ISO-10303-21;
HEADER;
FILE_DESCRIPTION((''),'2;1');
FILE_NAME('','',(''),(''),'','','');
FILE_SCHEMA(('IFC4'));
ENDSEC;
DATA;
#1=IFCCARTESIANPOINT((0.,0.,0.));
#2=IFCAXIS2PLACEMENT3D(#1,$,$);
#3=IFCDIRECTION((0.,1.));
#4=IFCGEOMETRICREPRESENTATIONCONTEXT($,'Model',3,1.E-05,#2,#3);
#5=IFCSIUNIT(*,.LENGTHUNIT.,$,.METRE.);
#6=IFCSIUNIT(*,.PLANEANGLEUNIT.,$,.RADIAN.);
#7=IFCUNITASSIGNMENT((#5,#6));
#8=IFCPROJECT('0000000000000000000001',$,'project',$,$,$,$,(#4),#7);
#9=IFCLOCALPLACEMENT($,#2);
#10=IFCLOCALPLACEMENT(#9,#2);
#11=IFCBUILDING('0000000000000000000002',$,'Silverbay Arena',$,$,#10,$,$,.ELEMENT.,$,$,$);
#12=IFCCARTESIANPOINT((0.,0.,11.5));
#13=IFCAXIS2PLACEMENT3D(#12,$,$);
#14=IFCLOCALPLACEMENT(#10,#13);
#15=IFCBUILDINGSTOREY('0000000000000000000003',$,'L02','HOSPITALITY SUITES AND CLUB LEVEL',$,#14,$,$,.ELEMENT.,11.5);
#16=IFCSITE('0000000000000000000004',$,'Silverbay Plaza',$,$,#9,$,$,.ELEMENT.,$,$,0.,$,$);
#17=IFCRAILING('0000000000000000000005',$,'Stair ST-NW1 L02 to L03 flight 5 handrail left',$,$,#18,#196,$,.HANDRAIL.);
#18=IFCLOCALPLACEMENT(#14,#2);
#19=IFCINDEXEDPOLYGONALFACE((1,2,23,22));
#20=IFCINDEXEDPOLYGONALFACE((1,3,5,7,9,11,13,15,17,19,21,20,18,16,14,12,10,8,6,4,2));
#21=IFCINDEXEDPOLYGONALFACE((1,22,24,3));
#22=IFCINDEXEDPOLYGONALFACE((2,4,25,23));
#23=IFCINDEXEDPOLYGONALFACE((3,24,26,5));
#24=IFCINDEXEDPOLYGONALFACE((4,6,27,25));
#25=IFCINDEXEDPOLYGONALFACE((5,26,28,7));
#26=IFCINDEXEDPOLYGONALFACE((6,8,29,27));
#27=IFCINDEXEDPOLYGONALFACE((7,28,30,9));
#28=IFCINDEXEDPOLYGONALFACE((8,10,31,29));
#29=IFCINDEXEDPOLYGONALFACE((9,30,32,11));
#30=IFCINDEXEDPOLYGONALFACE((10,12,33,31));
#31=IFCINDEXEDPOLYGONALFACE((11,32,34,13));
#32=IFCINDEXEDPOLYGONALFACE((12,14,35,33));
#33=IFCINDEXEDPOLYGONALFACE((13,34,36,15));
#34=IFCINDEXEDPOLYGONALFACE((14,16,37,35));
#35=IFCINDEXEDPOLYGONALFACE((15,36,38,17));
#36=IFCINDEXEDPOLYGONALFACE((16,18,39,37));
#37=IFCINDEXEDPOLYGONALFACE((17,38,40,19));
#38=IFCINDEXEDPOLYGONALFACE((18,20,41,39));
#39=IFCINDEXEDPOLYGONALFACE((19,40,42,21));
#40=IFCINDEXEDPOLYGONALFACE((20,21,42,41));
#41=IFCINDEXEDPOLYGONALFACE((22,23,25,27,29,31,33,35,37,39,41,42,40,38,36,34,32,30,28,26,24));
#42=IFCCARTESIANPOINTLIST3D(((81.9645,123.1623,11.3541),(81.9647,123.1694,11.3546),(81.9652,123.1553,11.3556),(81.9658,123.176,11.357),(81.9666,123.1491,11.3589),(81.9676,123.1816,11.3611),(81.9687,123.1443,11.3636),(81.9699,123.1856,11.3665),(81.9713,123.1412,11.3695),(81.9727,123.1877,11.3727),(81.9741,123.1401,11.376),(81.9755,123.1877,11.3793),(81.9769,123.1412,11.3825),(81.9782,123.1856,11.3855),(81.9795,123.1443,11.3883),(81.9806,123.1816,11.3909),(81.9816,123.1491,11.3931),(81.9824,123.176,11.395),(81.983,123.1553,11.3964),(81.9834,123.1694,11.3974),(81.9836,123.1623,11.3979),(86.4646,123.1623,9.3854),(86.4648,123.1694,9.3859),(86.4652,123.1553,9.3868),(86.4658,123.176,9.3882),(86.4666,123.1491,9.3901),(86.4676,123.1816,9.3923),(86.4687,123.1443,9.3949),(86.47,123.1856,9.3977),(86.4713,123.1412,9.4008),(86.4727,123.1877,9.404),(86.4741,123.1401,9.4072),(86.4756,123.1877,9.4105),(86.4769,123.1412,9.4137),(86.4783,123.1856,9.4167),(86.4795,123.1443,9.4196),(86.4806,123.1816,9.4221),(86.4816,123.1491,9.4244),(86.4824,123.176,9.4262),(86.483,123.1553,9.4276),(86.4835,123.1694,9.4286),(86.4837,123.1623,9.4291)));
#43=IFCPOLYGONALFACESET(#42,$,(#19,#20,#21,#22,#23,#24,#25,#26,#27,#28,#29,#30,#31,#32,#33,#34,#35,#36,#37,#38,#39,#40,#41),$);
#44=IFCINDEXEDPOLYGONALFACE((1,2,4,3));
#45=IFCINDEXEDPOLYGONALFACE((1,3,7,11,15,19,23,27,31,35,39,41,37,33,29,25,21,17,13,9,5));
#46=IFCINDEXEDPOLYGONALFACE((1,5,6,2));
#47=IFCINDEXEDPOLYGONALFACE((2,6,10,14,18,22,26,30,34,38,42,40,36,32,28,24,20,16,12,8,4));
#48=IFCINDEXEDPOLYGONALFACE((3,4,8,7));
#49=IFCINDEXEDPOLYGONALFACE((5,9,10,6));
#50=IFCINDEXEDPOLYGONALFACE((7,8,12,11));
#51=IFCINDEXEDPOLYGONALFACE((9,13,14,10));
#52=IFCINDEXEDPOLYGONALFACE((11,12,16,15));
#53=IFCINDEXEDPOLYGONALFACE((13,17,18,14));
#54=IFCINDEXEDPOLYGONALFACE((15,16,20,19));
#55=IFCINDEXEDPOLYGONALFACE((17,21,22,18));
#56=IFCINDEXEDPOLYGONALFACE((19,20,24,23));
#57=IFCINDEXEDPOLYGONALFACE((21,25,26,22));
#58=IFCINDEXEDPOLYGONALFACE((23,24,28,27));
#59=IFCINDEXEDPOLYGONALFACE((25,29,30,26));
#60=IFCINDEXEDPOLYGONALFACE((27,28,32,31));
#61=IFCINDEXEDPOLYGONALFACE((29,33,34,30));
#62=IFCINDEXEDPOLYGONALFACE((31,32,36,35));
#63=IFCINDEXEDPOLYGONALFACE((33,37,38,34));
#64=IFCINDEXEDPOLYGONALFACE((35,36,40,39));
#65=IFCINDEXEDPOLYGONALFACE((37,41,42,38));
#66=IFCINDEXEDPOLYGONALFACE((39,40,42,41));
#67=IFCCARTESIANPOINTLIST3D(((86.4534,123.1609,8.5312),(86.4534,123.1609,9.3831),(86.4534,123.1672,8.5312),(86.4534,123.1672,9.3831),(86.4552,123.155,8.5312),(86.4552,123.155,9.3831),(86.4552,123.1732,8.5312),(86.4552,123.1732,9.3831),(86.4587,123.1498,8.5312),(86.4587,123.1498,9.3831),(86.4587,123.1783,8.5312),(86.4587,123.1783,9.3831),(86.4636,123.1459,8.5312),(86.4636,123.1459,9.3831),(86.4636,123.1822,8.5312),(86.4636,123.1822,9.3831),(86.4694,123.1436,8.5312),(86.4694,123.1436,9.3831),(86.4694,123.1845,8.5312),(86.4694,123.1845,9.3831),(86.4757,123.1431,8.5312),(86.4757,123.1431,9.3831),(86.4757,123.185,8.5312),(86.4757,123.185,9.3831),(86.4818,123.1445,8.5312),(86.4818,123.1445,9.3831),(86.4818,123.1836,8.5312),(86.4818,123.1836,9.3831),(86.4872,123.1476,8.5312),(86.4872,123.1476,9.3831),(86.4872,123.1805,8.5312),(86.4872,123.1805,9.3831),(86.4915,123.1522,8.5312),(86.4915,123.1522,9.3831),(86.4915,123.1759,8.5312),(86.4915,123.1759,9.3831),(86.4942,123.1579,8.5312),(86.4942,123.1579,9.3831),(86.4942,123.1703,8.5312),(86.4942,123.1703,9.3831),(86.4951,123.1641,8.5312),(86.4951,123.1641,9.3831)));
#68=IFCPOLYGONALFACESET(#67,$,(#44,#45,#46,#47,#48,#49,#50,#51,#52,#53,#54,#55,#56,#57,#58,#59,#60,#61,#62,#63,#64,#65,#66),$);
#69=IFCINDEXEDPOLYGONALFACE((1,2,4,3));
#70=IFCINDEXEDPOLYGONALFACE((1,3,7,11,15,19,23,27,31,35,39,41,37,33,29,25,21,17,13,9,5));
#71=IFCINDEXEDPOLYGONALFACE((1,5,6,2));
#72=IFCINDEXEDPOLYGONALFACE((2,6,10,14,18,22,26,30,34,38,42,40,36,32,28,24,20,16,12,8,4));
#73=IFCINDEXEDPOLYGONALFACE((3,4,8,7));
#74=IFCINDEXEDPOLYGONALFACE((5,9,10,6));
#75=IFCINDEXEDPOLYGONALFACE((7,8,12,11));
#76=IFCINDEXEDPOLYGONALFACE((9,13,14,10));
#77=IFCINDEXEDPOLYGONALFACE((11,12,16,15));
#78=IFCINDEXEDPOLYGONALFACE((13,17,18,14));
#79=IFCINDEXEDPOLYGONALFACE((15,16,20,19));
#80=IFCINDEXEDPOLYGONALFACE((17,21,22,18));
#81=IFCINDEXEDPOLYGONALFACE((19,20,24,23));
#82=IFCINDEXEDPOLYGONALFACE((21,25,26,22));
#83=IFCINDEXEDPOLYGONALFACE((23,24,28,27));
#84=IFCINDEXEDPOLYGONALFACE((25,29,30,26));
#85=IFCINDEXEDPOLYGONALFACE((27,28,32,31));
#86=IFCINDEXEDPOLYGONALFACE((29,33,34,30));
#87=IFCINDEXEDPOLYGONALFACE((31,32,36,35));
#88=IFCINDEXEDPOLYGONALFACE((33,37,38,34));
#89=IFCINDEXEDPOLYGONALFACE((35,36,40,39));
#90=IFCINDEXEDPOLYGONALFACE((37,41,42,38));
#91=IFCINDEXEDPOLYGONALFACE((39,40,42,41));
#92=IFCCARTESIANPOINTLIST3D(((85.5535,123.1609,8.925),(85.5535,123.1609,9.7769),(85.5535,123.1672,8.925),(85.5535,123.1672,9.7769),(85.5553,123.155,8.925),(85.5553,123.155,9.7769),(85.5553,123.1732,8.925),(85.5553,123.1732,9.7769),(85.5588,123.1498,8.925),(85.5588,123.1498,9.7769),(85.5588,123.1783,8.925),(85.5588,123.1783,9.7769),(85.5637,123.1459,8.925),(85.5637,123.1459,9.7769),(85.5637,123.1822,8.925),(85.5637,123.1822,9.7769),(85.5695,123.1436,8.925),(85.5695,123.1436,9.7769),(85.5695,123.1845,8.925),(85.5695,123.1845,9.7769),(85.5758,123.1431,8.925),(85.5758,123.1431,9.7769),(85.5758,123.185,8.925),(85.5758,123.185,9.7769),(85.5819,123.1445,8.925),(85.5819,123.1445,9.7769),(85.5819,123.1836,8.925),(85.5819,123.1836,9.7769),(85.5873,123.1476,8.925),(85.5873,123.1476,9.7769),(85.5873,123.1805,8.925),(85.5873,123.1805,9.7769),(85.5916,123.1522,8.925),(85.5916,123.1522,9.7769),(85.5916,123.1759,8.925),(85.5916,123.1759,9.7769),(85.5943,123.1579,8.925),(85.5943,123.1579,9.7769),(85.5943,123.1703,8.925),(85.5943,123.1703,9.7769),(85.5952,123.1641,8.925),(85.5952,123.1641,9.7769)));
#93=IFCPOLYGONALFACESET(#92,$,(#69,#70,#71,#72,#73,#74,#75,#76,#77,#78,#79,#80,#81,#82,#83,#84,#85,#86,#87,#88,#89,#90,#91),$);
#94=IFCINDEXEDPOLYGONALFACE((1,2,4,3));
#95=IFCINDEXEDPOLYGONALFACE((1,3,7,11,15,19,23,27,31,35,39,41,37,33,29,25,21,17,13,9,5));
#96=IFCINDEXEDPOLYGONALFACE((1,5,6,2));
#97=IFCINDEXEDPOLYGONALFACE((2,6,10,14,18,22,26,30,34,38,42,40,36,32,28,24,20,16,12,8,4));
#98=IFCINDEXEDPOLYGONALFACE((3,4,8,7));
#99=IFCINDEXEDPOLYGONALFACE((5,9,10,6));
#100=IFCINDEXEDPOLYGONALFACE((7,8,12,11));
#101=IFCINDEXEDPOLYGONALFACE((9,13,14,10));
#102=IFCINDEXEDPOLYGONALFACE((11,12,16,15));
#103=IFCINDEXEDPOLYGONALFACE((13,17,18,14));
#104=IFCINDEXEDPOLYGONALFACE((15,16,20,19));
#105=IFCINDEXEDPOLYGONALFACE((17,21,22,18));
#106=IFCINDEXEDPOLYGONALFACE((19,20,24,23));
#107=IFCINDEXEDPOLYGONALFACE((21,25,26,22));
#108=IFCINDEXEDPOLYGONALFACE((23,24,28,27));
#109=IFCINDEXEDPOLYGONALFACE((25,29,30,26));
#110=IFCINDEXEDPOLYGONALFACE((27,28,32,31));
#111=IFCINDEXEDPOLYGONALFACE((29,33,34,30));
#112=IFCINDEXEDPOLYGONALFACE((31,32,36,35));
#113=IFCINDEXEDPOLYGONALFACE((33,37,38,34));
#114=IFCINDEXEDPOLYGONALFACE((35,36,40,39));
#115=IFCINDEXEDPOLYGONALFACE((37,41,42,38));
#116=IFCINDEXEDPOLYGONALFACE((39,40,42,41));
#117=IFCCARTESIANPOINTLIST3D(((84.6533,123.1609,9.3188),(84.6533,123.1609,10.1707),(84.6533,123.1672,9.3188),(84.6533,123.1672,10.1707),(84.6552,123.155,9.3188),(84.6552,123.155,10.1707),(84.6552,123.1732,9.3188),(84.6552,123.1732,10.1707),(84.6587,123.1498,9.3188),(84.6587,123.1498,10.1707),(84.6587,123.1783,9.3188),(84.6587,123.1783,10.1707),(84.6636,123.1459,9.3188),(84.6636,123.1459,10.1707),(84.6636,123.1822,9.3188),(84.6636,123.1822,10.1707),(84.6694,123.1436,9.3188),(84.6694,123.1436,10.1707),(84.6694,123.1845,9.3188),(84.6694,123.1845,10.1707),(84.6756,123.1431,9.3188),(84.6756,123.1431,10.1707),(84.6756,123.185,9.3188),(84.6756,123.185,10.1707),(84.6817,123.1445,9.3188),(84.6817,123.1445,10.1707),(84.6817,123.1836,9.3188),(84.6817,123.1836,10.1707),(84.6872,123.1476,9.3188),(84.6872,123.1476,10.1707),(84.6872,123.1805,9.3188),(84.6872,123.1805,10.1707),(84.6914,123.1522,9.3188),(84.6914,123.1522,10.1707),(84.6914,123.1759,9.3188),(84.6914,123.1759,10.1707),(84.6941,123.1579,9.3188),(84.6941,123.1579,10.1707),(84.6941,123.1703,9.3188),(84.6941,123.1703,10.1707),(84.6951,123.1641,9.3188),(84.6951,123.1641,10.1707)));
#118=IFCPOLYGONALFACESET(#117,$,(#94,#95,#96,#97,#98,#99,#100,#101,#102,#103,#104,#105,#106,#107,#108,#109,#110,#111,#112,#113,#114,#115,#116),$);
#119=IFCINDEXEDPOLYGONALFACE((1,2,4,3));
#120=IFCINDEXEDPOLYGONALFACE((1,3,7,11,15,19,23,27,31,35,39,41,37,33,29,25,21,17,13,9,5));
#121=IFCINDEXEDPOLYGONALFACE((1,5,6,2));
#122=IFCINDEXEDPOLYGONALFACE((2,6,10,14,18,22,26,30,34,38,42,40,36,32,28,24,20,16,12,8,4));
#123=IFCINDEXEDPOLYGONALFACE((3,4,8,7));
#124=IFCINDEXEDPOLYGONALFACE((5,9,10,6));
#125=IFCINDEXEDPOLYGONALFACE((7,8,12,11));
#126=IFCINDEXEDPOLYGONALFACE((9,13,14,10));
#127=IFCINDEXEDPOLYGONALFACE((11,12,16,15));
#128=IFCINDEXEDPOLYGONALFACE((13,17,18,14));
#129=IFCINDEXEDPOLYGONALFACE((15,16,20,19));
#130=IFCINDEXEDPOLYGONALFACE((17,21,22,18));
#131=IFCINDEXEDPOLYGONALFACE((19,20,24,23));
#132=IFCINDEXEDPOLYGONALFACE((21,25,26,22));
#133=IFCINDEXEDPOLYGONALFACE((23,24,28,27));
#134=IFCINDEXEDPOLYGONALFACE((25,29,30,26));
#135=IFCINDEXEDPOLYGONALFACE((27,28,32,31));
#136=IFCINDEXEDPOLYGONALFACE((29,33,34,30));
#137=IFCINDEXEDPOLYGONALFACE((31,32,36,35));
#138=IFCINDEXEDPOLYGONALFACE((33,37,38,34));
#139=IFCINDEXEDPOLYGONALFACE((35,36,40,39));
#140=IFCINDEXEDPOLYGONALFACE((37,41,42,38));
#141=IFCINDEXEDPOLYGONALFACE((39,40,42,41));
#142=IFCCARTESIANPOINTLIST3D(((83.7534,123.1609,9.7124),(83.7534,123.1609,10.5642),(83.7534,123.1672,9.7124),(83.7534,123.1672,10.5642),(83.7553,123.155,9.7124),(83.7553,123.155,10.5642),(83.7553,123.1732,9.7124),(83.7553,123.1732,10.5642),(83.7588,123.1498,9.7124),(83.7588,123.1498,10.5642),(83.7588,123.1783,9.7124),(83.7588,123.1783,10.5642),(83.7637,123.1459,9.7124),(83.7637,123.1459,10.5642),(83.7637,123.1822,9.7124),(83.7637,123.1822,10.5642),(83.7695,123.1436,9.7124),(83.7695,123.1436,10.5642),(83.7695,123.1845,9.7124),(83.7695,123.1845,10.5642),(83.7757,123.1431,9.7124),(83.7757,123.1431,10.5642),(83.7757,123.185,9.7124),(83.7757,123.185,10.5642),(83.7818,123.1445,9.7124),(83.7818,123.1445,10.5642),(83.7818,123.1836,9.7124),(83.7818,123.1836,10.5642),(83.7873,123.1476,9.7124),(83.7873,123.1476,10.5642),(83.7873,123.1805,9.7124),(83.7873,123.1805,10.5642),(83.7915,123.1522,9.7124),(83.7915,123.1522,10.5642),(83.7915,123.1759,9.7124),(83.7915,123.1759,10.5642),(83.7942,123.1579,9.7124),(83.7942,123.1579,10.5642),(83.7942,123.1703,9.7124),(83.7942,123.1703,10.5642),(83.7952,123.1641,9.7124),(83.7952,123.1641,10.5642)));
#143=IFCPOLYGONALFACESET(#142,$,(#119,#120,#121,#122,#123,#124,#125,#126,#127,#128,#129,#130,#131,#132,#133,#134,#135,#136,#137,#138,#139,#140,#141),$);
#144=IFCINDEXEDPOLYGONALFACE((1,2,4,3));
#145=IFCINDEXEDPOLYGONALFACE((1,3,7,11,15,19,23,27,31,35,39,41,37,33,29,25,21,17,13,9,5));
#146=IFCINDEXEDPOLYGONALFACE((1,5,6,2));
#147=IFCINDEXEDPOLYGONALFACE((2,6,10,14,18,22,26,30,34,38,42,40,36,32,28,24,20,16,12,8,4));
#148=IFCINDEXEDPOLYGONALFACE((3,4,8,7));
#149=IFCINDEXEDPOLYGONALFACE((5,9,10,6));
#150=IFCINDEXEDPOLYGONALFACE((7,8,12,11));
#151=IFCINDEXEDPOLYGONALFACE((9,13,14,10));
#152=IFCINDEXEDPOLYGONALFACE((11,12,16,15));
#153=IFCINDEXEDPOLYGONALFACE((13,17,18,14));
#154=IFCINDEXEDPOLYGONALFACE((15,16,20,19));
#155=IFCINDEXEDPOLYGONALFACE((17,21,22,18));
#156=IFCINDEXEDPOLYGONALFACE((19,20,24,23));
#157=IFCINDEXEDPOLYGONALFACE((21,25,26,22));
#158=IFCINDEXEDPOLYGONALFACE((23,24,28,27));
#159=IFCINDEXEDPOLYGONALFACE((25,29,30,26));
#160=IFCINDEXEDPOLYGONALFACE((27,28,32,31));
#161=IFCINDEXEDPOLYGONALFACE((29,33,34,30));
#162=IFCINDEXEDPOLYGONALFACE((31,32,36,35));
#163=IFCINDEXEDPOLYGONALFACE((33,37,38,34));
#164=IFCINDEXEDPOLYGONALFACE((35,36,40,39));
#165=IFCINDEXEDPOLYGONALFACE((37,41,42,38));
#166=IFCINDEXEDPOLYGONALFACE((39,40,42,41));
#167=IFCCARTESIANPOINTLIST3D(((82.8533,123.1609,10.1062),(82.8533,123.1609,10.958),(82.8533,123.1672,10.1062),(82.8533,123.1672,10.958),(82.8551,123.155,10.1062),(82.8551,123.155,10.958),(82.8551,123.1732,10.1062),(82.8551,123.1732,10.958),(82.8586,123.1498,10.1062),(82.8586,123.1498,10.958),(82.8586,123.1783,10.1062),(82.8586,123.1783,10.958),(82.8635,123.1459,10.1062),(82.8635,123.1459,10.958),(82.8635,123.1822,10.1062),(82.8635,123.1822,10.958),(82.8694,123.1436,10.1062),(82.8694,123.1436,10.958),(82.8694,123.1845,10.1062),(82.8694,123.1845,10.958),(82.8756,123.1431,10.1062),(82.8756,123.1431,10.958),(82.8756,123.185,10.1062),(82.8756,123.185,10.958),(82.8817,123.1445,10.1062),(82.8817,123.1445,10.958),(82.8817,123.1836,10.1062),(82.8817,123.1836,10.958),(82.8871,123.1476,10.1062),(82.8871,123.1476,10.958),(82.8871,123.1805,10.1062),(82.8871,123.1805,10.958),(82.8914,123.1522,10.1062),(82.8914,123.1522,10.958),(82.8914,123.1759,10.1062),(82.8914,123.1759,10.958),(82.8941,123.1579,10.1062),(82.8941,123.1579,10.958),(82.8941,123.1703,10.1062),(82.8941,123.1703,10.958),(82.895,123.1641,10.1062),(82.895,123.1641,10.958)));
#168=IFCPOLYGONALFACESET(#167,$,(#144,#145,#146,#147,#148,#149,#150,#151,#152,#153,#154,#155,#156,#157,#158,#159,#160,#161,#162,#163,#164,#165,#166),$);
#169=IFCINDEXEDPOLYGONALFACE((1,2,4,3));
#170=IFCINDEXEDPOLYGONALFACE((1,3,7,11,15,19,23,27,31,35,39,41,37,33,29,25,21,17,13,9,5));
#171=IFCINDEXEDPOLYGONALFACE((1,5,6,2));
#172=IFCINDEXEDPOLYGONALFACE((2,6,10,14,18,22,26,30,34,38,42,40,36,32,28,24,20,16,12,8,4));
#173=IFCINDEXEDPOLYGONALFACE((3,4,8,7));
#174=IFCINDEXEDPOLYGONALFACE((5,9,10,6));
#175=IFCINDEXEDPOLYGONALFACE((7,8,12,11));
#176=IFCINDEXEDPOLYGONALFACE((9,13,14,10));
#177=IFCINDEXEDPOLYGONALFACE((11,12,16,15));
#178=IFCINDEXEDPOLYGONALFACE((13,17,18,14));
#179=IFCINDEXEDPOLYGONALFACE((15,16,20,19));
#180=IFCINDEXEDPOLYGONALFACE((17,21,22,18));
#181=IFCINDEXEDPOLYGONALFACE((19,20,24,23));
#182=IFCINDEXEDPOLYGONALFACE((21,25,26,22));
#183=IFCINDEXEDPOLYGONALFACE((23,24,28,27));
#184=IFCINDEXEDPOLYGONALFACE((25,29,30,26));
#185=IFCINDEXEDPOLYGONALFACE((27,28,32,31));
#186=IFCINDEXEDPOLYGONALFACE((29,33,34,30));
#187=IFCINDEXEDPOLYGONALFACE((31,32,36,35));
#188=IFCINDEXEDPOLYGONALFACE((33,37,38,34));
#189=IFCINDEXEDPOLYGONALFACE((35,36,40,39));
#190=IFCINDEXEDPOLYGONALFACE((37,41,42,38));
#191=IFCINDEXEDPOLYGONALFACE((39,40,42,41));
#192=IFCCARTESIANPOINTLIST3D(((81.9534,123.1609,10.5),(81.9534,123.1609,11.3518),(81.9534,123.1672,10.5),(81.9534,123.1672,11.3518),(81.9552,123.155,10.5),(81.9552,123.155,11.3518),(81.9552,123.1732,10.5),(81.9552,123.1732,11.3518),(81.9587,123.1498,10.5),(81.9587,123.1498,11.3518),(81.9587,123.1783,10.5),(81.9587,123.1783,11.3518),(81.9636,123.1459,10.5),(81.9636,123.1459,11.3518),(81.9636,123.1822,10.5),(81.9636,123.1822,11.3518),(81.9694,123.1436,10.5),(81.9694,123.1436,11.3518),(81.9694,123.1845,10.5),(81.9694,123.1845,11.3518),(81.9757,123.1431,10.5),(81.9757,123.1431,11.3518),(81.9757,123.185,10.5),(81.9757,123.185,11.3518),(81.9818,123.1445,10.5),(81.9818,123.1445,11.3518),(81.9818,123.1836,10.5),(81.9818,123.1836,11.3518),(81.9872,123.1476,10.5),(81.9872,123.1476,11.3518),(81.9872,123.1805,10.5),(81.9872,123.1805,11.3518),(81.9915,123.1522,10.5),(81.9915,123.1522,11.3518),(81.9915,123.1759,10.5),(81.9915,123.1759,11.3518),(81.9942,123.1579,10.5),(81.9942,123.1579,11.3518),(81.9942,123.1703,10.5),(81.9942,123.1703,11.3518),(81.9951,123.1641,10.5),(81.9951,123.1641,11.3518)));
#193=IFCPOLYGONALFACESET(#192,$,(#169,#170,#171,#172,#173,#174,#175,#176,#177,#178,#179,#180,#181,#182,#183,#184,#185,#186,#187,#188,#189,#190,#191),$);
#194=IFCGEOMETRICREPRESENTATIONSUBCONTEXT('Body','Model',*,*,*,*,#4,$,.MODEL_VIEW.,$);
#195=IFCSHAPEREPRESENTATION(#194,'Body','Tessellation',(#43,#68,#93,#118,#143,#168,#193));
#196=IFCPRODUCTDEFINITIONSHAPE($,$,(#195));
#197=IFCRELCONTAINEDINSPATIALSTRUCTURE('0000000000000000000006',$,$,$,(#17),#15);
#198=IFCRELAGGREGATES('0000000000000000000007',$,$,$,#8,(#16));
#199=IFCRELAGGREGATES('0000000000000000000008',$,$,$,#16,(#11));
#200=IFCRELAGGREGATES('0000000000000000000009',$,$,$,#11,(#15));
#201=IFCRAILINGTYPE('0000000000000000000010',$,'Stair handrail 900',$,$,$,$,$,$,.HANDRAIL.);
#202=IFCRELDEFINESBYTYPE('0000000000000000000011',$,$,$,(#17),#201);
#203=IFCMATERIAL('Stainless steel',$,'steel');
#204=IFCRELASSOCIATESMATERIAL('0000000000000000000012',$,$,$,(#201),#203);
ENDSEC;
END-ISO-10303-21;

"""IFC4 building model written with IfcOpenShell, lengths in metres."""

from ifc_helpers import new_model, si_unit, direction, frame, origin, origin_2d, place, context, subcontext, project, spatial, circle, extrude, material, type_object, element, save


model = new_model("IFC4")

# Units and contexts
model_context = context("Model", 3, precision=1e-05, world=origin(), true_north=direction((0.0, 1.0)))
body_context = subcontext(model_context, "Body", "Model", "MODEL_VIEW")
ifc_project = project(units=[si_unit("LENGTHUNIT", "METRE"), si_unit("PLANEANGLEUNIT", "RADIAN")], contexts=[model_context])

# Site, building, storey
site_placement = place(None, origin())
site = spatial("IfcSite", under=ifc_project, at=site_placement, Name="Silverbay Plaza", CompositionType="ELEMENT", RefElevation=0.0)
building_placement = place(site_placement, origin())
building = spatial("IfcBuilding", under=site, at=building_placement, Name="Silverbay Arena", CompositionType="ELEMENT")
storey_placement = place(building_placement, frame((0.0, 0.0, 11.5)))
storey = spatial("IfcBuildingStorey", under=building, at=storey_placement, Name="L02", Description="HOSPITALITY SUITES AND CLUB LEVEL", CompositionType="ELEMENT", Elevation=11.5)

# Railing
ifc_material_1 = material(Name="Stainless steel", Category="steel")
railing_type_1 = type_object("IfcRailingType", Name="Stair handrail 900", PredefinedType="HANDRAIL", material=ifc_material_1)
for number, where, name in (
    (1, (86.4741, 123.1641, 8.5312), "Stair ST-NW1 L02 to L03 flight 5 handrail left"),
):
    element("IfcRailing", number, at=place(storey_placement, frame(where)), inside=storey, type_object=railing_type_1, Name=name, PredefinedType="HANDRAIL", context=body_context, shape_type="SweptSolid", body=[
        extrude(circle(Radius=0.0239, at=origin_2d()), frame((0.0, 0.0, 0.876), z_axis=(-0.916157, 0.0, 0.400819), x_axis=(0.0, -1.0, 0.0)), (0.0, 0.0, 1.0), 4.9119),
        extrude(circle(Radius=0.021, at=origin_2d()), origin(), (0.0, 0.0, 1.0), 0.8518),
        extrude(circle(Radius=0.021, at=origin_2d()), frame((-0.8999, 0.0, 0.3938)), (0.0, 0.0, 1.0), 0.8518),
        extrude(circle(Radius=0.021, at=origin_2d()), frame((-1.8, 0.0, 0.7876)), (0.0, 0.0, 1.0), 0.8518),
        extrude(circle(Radius=0.021, at=origin_2d()), frame((-2.7, 0.0, 1.1812)), (0.0, 0.0, 1.0), 0.8518),
        extrude(circle(Radius=0.021, at=origin_2d()), frame((-3.6001, 0.0, 1.575)), (0.0, 0.0, 1.0), 0.8518),
        extrude(circle(Radius=0.021, at=origin_2d()), frame((-4.5, 0.0, 1.9688)), (0.0, 0.0, 1.0), 0.8518),
    ])

save(model, "model.ifc")
